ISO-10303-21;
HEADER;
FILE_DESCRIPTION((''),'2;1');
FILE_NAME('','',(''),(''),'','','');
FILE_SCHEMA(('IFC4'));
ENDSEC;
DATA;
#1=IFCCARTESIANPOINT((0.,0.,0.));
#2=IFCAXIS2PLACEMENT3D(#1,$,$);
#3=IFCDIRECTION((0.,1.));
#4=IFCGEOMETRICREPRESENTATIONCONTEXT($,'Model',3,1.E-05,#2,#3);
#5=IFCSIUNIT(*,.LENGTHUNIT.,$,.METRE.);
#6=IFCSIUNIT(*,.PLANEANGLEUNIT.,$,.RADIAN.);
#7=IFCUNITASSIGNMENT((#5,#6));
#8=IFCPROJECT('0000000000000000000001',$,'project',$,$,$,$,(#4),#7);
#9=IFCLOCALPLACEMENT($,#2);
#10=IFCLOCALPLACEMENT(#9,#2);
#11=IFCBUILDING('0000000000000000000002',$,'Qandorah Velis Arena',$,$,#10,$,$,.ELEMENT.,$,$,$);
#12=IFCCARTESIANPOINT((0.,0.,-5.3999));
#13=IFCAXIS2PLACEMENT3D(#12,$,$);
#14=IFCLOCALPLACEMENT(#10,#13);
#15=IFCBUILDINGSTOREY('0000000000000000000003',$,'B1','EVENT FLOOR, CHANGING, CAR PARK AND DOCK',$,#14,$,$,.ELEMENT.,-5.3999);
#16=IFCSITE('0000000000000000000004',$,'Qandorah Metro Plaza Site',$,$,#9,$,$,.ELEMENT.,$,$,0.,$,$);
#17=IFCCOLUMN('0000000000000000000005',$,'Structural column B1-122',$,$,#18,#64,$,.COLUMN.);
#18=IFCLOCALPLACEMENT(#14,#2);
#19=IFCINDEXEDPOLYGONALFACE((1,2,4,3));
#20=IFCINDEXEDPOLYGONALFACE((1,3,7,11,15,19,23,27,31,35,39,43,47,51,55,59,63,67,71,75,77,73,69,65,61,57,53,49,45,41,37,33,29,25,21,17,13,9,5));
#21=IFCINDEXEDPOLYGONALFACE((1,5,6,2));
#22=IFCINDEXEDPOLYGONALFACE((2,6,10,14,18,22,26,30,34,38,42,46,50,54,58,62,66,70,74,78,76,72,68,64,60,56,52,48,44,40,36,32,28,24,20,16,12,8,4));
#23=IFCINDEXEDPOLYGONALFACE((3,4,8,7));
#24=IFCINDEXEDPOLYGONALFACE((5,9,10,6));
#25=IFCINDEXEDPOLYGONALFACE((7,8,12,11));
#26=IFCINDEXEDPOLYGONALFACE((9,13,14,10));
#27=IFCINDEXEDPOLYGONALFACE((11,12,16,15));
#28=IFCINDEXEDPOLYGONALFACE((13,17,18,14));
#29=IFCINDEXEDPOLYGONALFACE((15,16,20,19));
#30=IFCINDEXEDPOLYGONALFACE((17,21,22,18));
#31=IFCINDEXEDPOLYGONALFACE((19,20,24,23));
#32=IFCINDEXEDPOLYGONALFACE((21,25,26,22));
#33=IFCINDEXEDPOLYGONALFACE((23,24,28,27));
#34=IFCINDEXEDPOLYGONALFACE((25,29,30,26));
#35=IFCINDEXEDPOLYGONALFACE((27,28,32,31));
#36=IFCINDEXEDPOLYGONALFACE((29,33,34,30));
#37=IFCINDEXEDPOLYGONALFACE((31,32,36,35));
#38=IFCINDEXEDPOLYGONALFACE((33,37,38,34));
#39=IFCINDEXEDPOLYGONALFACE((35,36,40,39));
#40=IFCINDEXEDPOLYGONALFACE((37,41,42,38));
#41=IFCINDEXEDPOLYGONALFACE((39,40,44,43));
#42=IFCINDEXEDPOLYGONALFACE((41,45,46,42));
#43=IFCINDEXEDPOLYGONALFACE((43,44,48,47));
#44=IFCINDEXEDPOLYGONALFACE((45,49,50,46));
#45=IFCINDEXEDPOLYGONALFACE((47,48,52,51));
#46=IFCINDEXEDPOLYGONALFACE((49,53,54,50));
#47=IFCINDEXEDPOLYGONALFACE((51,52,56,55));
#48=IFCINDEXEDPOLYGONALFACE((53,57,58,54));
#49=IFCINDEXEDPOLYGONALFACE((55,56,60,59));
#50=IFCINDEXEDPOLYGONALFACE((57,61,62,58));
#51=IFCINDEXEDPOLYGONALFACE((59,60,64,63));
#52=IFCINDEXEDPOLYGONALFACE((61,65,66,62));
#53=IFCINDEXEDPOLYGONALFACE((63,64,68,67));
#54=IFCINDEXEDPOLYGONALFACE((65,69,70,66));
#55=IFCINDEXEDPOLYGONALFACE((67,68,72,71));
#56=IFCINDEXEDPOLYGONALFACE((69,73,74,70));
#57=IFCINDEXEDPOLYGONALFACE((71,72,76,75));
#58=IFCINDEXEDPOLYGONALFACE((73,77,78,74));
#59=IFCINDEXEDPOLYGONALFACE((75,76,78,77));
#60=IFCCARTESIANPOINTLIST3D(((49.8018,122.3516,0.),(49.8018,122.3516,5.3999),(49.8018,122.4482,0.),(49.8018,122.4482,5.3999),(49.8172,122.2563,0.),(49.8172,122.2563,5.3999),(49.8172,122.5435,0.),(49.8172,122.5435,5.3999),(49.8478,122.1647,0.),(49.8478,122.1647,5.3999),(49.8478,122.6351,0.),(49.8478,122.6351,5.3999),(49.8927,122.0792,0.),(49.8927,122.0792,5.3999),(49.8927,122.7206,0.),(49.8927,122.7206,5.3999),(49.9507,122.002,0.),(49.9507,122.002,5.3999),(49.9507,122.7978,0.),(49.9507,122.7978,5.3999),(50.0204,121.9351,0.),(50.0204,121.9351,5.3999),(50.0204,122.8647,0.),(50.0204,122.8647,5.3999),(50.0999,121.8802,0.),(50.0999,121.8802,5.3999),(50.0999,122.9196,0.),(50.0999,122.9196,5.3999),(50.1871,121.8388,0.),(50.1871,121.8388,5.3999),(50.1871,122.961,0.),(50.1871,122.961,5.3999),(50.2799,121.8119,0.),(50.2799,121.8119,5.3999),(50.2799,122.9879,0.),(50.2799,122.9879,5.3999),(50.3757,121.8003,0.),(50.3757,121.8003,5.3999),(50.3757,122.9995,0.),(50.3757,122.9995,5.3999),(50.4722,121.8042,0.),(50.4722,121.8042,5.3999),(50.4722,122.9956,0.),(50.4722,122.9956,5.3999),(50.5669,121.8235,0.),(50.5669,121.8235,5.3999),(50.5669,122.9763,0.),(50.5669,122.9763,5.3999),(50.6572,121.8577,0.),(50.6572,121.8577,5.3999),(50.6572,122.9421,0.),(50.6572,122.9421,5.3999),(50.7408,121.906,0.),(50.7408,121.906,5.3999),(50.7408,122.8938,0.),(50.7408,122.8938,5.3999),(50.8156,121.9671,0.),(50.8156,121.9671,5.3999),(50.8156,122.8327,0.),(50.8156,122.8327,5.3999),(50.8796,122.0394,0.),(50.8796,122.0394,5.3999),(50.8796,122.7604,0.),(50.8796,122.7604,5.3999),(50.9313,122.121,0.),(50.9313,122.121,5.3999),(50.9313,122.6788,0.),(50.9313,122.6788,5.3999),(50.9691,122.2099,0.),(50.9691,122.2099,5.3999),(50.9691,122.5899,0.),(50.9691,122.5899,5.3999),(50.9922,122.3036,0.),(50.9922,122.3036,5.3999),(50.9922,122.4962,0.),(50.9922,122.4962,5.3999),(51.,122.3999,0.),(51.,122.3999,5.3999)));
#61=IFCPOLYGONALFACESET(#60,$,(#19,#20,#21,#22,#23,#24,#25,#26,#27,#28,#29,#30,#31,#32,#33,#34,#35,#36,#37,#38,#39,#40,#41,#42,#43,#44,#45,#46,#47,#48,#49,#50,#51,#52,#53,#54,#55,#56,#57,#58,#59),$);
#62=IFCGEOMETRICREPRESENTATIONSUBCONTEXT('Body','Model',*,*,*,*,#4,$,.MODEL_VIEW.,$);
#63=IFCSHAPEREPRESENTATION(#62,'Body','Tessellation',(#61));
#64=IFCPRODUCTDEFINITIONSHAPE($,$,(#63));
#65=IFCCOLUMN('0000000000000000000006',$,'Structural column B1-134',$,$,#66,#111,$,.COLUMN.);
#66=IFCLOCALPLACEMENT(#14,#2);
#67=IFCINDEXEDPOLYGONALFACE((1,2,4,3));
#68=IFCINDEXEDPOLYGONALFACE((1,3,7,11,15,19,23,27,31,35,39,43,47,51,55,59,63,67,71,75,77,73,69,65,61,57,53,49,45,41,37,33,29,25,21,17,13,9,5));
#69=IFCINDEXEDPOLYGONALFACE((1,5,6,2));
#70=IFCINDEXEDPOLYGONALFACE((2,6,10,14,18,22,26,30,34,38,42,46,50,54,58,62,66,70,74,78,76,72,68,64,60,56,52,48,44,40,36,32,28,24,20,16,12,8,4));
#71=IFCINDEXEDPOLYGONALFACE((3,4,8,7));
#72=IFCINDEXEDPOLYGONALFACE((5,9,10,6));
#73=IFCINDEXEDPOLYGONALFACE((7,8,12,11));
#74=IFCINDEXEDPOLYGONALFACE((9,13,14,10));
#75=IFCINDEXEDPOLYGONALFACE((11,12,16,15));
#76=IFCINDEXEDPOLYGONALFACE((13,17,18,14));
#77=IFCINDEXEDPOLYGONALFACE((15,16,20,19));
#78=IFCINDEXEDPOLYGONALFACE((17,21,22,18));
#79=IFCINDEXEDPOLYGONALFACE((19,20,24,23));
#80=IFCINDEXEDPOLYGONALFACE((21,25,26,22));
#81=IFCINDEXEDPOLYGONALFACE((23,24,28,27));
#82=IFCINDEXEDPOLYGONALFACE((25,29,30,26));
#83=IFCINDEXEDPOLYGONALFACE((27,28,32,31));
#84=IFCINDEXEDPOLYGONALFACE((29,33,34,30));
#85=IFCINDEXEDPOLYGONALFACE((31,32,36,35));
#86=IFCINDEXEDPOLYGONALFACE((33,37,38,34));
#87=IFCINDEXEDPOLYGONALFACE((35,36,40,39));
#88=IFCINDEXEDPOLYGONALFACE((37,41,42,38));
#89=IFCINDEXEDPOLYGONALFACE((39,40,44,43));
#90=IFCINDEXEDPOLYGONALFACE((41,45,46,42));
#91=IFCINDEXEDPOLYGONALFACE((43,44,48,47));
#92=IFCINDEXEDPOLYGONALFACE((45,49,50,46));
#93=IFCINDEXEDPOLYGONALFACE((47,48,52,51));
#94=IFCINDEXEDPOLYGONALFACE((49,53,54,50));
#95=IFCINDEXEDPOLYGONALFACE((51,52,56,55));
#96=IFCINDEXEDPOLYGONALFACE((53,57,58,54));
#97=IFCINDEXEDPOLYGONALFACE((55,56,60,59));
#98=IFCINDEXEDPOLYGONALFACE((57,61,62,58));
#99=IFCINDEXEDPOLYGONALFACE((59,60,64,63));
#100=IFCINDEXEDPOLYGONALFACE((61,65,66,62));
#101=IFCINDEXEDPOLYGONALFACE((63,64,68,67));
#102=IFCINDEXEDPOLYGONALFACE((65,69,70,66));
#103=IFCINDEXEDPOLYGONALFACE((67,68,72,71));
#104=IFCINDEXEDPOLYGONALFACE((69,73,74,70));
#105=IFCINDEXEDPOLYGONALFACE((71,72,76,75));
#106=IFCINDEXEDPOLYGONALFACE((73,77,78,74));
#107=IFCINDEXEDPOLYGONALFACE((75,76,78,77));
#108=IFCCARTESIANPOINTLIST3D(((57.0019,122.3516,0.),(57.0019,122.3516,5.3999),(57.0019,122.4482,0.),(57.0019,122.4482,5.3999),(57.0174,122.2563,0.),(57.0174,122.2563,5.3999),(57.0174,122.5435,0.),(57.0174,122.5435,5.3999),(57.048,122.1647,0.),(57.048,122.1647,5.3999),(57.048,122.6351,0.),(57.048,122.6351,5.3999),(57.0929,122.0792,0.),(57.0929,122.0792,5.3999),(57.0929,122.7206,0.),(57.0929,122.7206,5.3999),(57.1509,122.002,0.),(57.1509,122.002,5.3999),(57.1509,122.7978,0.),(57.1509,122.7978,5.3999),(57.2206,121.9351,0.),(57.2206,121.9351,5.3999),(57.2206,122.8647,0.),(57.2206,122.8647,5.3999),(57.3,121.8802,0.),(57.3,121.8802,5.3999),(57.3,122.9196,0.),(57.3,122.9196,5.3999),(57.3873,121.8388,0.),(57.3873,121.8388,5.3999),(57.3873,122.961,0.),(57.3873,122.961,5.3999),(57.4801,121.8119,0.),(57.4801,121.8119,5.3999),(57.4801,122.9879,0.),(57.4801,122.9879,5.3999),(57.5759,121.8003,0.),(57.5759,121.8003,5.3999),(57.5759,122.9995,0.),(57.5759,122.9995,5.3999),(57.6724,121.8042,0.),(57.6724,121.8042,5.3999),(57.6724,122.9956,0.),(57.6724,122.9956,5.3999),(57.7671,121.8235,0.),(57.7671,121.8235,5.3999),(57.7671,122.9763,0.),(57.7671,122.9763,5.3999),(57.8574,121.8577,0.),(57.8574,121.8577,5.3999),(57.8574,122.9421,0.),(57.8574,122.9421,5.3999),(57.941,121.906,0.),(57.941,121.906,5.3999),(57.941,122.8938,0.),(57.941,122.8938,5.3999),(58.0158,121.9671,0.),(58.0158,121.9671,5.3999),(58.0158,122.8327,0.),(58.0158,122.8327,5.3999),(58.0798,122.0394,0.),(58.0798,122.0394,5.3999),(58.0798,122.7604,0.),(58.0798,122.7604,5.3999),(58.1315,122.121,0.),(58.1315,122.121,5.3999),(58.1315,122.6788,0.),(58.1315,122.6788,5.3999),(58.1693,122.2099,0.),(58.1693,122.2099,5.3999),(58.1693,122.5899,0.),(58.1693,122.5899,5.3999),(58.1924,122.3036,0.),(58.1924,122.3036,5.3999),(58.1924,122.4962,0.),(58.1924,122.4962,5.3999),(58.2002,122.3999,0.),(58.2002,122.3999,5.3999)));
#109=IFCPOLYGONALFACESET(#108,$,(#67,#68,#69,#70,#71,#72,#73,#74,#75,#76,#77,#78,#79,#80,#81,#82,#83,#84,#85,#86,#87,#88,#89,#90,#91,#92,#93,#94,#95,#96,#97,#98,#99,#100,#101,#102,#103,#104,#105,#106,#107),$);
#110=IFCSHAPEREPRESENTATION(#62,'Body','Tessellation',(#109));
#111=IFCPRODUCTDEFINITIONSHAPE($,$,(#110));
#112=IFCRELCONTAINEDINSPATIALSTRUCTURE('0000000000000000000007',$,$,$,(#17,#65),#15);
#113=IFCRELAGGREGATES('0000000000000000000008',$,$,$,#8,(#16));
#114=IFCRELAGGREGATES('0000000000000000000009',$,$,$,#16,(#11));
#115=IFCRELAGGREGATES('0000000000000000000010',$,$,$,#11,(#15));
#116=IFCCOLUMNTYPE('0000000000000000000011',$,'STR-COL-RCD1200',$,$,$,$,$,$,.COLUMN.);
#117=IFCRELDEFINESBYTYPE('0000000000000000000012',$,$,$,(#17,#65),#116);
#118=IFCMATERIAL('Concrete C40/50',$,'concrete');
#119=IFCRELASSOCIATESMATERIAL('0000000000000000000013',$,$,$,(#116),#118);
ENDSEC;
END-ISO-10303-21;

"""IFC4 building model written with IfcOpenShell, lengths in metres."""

from ifc_helpers import new_model, si_unit, direction, frame, origin, origin_2d, place, context, subcontext, project, spatial, circle, extrude, material, material_profile, profile_set, type_object, element, save


model = new_model("IFC4")

# Units and contexts
model_context = context("Model", 3, precision=1e-05, world=origin(), true_north=direction((0.0, 1.0)))
body_context = subcontext(model_context, "Body", "Model", "MODEL_VIEW")
ifc_project = project(units=[si_unit("LENGTHUNIT", "METRE"), si_unit("PLANEANGLEUNIT", "RADIAN")], contexts=[model_context])

# Site, building, storey
site_placement = place(None, origin())
site = spatial("IfcSite", under=ifc_project, at=site_placement, Name="Qandorah Metro Plaza Site", CompositionType="ELEMENT", RefElevation=0.0)
building_placement = place(site_placement, origin())
building = spatial("IfcBuilding", under=site, at=building_placement, Name="Qandorah Velis Arena", CompositionType="ELEMENT")
storey_placement = place(building_placement, frame((0.0, 0.0, -5.3999)))
storey = spatial("IfcBuildingStorey", under=building, at=storey_placement, Name="B1", Description="EVENT FLOOR, CHANGING, CAR PARK AND DOCK", CompositionType="ELEMENT", Elevation=-5.3999)

# Shared definitions
ifc_material = material(Name="Concrete C40/50", Category="concrete")

# Columns
ifc_material_profile_1 = material_profile(ifc_material, circle(Radius=0.6001, at=origin_2d()), Name="RC D1200")
ifc_profile_set_1 = profile_set([ifc_material_profile_1], Name="Concrete C40/50")
column_type_1 = type_object("IfcColumnType", Name="STR-COL-RCD1200", PredefinedType="COLUMN", material=ifc_profile_set_1)
for number, where, z_axis, x_axis, name in (
    (1, (50.3999, 122.3999, 0.0), (0.0, 0.0, 1.0), (1.0, 0.0, 0.0), "Structural column B1-122"),
    (2, (57.6001, 122.3999, 0.0), (0.0, 0.0, 1.0), (1.0, 0.0, 0.0), "Structural column B1-134"),
):
    element("IfcColumn", number, at=place(storey_placement, frame(where, z_axis=z_axis, x_axis=x_axis)), inside=storey, type_object=column_type_1, Name=name, PredefinedType="COLUMN", context=body_context, shape_type="SweptSolid", body=[
        extrude(circle(Radius=0.6001, at=origin_2d()), origin(), (0.0, 0.0, 1.0), 5.3999),
    ])

save(model, "model.ifc")
